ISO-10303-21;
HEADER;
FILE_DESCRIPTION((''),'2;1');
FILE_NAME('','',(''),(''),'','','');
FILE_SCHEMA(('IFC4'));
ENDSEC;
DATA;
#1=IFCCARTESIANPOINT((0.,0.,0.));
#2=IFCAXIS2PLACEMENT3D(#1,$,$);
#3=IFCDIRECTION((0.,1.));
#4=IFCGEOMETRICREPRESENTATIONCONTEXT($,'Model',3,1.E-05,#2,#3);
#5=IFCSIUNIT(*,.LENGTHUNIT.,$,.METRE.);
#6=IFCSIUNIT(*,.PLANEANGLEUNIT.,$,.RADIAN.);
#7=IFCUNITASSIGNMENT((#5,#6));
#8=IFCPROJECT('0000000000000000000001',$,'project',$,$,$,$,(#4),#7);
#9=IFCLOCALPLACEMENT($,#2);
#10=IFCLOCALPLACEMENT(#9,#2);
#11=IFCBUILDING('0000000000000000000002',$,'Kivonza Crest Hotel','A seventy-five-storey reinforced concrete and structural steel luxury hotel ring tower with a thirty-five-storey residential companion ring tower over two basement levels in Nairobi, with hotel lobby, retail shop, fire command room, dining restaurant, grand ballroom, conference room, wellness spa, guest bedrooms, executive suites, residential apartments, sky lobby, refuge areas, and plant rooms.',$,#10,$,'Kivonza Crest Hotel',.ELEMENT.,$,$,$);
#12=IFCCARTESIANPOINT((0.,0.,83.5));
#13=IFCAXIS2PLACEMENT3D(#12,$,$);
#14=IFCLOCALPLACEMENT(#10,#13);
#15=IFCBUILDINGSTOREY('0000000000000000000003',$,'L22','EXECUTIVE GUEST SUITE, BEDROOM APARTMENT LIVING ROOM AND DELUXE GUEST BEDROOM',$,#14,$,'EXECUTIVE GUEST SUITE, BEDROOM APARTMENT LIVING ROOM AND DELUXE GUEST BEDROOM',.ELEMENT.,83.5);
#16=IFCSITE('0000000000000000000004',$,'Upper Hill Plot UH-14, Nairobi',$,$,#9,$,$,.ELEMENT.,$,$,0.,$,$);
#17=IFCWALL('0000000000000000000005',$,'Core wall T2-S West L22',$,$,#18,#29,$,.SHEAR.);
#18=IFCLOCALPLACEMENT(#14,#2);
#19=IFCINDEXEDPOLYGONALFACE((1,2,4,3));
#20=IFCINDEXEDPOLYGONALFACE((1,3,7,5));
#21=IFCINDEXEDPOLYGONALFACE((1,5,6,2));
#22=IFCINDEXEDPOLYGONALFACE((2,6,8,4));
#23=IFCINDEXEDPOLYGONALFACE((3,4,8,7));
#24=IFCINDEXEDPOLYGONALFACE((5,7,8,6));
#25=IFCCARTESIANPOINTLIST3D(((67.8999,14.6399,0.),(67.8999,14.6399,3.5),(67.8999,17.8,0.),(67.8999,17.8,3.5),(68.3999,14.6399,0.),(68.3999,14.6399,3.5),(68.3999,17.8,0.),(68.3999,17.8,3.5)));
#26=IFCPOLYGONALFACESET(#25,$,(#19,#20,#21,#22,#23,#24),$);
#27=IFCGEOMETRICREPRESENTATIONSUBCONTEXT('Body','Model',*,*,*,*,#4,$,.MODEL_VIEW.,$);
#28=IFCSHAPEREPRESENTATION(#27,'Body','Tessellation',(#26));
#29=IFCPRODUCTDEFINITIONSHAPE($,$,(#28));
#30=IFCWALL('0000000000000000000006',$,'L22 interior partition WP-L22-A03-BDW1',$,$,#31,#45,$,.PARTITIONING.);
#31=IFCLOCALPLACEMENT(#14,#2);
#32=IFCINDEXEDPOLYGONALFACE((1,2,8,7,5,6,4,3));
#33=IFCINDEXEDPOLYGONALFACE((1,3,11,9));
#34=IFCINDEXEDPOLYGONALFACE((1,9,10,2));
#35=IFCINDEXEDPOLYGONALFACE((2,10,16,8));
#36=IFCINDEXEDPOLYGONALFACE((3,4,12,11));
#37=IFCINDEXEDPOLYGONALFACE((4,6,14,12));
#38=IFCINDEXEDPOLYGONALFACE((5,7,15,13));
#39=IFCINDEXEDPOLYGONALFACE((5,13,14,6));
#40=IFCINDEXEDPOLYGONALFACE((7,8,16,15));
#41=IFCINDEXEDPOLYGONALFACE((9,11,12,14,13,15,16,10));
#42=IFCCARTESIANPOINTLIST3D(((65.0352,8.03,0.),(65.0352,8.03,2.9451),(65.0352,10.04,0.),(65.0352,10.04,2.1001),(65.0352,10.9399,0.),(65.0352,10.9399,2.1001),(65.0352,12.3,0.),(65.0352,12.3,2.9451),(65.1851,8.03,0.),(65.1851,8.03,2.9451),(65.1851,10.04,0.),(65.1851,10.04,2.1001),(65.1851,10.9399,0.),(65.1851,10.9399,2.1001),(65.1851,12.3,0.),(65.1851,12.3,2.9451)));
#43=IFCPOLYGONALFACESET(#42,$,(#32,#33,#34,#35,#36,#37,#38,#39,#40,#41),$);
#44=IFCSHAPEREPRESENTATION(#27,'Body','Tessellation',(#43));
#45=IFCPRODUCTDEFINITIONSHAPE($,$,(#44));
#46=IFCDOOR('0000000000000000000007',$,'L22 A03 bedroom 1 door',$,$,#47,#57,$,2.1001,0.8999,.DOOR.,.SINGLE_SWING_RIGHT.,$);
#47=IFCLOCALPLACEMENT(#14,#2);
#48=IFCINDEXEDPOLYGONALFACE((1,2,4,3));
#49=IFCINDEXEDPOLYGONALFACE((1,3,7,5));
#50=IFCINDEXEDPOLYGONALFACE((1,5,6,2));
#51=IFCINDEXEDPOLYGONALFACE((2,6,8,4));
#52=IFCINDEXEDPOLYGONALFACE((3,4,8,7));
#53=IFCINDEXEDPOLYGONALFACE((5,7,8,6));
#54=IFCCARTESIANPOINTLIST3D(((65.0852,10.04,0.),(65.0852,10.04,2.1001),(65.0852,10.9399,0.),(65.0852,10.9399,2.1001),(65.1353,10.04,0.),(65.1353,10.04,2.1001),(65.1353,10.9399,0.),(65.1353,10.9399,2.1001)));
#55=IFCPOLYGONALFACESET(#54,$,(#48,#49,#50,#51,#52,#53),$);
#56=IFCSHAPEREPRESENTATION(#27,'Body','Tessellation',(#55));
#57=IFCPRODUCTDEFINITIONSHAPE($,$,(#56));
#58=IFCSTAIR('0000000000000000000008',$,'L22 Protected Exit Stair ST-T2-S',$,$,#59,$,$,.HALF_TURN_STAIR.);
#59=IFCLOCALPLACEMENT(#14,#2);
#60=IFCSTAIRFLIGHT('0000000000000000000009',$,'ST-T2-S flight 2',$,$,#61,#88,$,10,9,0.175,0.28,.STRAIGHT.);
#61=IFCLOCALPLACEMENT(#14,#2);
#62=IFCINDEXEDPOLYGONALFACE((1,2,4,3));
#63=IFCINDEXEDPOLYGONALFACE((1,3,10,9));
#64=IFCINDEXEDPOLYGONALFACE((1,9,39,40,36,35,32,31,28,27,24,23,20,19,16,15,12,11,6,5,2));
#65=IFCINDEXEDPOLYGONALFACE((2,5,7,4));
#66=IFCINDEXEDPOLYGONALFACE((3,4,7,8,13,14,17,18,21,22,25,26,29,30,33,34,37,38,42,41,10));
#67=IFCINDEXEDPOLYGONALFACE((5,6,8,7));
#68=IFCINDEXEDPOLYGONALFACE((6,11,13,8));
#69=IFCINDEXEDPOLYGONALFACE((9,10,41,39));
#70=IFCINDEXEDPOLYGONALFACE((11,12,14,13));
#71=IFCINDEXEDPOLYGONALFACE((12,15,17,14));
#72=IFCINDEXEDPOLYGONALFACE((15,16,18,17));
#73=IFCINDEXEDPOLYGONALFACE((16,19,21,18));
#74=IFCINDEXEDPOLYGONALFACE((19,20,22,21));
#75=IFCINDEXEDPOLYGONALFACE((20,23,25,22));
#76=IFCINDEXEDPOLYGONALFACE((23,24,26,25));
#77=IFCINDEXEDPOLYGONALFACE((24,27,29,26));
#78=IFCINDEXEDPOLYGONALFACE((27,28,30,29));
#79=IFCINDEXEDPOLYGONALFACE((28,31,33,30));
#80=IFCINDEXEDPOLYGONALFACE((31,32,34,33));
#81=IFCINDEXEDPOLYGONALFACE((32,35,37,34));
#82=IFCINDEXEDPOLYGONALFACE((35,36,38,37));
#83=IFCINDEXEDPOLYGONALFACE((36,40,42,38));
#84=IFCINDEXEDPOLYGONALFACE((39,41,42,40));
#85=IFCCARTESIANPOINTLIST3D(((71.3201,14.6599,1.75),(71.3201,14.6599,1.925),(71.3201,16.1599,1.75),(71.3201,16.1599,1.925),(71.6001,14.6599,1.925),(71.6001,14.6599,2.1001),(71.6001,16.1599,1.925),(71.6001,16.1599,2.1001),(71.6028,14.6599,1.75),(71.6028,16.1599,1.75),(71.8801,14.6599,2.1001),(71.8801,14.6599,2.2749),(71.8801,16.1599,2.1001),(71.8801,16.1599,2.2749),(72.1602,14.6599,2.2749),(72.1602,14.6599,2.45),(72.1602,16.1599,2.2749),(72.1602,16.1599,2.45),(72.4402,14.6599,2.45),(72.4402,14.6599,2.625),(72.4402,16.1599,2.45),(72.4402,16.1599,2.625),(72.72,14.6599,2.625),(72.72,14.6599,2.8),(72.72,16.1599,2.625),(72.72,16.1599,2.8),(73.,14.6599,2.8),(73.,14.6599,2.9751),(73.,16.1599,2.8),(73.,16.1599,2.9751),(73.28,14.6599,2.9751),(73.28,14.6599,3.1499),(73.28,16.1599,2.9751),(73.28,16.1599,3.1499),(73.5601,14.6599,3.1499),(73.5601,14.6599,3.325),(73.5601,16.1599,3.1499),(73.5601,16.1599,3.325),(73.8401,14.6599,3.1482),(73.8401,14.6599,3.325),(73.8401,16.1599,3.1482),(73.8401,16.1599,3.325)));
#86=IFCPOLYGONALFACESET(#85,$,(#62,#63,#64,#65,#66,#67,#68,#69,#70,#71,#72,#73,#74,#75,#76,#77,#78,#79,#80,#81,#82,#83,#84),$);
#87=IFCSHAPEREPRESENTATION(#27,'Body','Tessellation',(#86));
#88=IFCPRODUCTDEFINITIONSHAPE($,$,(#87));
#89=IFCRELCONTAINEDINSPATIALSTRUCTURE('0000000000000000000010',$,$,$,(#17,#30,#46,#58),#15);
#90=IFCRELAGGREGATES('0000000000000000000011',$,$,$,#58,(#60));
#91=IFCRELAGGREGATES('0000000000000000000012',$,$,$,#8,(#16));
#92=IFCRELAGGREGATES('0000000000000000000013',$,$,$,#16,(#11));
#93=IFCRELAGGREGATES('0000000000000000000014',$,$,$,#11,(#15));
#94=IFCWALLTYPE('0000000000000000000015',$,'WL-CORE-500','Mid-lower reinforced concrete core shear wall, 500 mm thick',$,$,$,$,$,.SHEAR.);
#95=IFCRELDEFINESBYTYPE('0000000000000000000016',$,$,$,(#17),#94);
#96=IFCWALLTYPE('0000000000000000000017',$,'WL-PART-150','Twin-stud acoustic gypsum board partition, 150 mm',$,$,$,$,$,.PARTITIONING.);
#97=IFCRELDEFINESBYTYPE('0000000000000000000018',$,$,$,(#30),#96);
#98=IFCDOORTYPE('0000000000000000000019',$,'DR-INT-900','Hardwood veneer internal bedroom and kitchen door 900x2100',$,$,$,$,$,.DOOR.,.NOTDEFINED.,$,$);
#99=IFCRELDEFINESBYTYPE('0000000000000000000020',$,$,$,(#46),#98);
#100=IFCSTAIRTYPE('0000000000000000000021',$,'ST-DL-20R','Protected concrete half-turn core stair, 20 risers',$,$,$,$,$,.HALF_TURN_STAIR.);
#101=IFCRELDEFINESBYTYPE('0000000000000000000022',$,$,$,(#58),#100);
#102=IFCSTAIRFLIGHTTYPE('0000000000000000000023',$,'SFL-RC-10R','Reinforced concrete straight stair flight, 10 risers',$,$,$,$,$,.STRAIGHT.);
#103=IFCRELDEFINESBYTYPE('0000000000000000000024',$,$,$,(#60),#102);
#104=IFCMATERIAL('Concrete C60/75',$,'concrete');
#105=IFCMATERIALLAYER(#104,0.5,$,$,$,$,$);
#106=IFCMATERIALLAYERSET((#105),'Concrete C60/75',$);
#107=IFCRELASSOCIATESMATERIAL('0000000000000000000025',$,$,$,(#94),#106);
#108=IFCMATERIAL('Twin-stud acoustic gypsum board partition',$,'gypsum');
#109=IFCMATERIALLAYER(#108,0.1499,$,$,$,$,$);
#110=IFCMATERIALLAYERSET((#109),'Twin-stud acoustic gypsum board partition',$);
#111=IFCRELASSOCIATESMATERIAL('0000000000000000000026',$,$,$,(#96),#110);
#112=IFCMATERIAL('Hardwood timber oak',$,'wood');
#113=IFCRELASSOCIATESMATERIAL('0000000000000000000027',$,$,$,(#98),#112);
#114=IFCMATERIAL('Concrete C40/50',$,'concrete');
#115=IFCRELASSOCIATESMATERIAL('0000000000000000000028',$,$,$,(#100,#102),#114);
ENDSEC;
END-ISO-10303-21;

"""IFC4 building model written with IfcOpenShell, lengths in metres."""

from ifc_helpers import new_model, si_unit, direction, frame, frame_2d, origin, place, context, subcontext, project, spatial, polyline, rectangle, outline, extrude, material, layer, layer_set, type_object, element, fill, aggregate, save


model = new_model("IFC4")

# Units and contexts
model_context = context("Model", 3, precision=1e-05, world=origin(), true_north=direction((0.0, 1.0)))
body_context = subcontext(model_context, "Body", "Model", "MODEL_VIEW")
ifc_project = project(units=[si_unit("LENGTHUNIT", "METRE"), si_unit("PLANEANGLEUNIT", "RADIAN")], contexts=[model_context])

# Site, building, storey
site_placement = place(None, origin())
site = spatial("IfcSite", under=ifc_project, at=site_placement, Name="Upper Hill Plot UH-14, Nairobi", CompositionType="ELEMENT", RefElevation=0.0)
building_placement = place(site_placement, origin())
building = spatial("IfcBuilding", under=site, at=building_placement, Name="Kivonza Crest Hotel", Description="A seventy-five-storey reinforced concrete and structural steel luxury hotel ring tower with a thirty-five-storey residential companion ring tower over two basement levels in Nairobi, with hotel lobby, retail shop, fire command room, dining restaurant, grand ballroom, conference room, wellness spa, guest bedrooms, executive suites, residential apartments, sky lobby, refuge areas, and plant rooms.", LongName="Kivonza Crest Hotel", CompositionType="ELEMENT")
storey_placement = place(building_placement, frame((0.0, 0.0, 83.5)))
storey = spatial("IfcBuildingStorey", under=building, at=storey_placement, Name="L22", Description="EXECUTIVE GUEST SUITE, BEDROOM APARTMENT LIVING ROOM AND DELUXE GUEST BEDROOM", LongName="EXECUTIVE GUEST SUITE, BEDROOM APARTMENT LIVING ROOM AND DELUXE GUEST BEDROOM", CompositionType="ELEMENT", Elevation=83.5)

# Shared definitions
ifc_material_1 = material(Name="Hardwood timber oak", Category="wood")

# Shared definitions
ifc_material_2 = material(Name="Concrete C60/75", Category="concrete")
ifc_layer_1 = layer(ifc_material_2, 0.5)
ifc_layer_set_1 = layer_set([ifc_layer_1], Name="Concrete C60/75")
wall_type_1 = type_object("IfcWallType", Name="WL-CORE-500", Description="Mid-lower reinforced concrete core shear wall, 500 mm thick", PredefinedType="SHEAR", material=ifc_layer_set_1)

# Wall
wall_1_placement = place(storey_placement, frame((68.1499, 14.6399, 0.0), z_axis=(0.0, 0.0, 1.0), x_axis=(0.0, 1.0, 0.0)))
element("IfcWall", 1, at=wall_1_placement, inside=storey, type_object=wall_type_1, Name="Core wall T2-S West L22", PredefinedType="SHEAR", context=body_context, shape_type="SweptSolid", body=[
    extrude(rectangle(XDim=3.1602, YDim=0.5, at=frame_2d((1.5801, 0.0))), origin(), (0.0, 0.0, 1.0), 3.5),
])

# Wall, opening, door
ifc_material_3 = material(Name="Twin-stud acoustic gypsum board partition", Category="gypsum")
ifc_layer_2 = layer(ifc_material_3, 0.1499)
ifc_layer_set_2 = layer_set([ifc_layer_2], Name="Twin-stud acoustic gypsum board partition")
wall_type_2 = type_object("IfcWallType", Name="WL-PART-150", Description="Twin-stud acoustic gypsum board partition, 150 mm", PredefinedType="PARTITIONING", material=ifc_layer_set_2)
wall_2_placement = place(storey_placement, frame((65.1101, 8.03, 0.0), z_axis=(0.0, 0.0, 1.0), x_axis=(0.0, 1.0, 0.0)))
wall_2 = element("IfcWall", 2, at=wall_2_placement, inside=storey, type_object=wall_type_2, Name="L22 interior partition WP-L22-A03-BDW1", PredefinedType="PARTITIONING", context=body_context, shape_type="SweptSolid", body=[
    extrude(rectangle(XDim=4.27, YDim=0.1499, at=frame_2d((2.135, 0.0))), origin(), (0.0, 0.0, 1.0), 2.9451),
])
opening_1_placement = place(wall_2_placement, frame((2.01, 0.0, 0.0)))
opening_1 = element("IfcOpeningElement", 3, at=opening_1_placement, cuts=wall_2, PredefinedType="OPENING", context=body_context, shape_type="SweptSolid", body=[
    extrude(rectangle(XDim=0.8999, YDim=2.1001, at=frame_2d((0.45, 1.05))), frame((0.0, 0.085, 0.0), z_axis=(0.0, -1.0, 0.0), x_axis=(1.0, 0.0, 0.0)), (0.0, 0.0, 1.0), 0.1699),
])
door_type_1 = type_object("IfcDoorType", Name="DR-INT-900", Description="Hardwood veneer internal bedroom and kitchen door 900x2100", OperationType="NOTDEFINED", PredefinedType="DOOR", material=ifc_material_1)
door_1_placement = place(opening_1_placement, origin())
door_1 = element("IfcDoor", 4, at=door_1_placement, inside=storey, type_object=door_type_1, Name="L22 A03 bedroom 1 door", OperationType="SINGLE_SWING_RIGHT", OverallHeight=2.1001, OverallWidth=0.8999, PredefinedType="DOOR", context=body_context, shape_type="SweptSolid", body=[
    extrude(rectangle(XDim=0.8999, YDim=2.1001, at=frame_2d((0.45, 1.05))), frame((0.0, 0.0249, 0.0), z_axis=(0.0, -1.0, 0.0), x_axis=(1.0, 0.0, 0.0)), (0.0, 0.0, 1.0), 0.05),
])
fill(opening_1, door_1)

# Stair, stair flight
ifc_material_4 = material(Name="Concrete C40/50", Category="concrete")
stair_type = type_object("IfcStairType", Name="ST-DL-20R", Description="Protected concrete half-turn core stair, 20 risers", PredefinedType="HALF_TURN_STAIR", material=ifc_material_4)
stair_placement = place(storey_placement, origin())
stair = element("IfcStair", 5, at=stair_placement, inside=storey, type_object=stair_type, Name="L22 Protected Exit Stair ST-T2-S", PredefinedType="HALF_TURN_STAIR")
stair_flight_type = type_object("IfcStairFlightType", Name="SFL-RC-10R", Description="Reinforced concrete straight stair flight, 10 risers", PredefinedType="STRAIGHT", material=ifc_material_4)
stair_flight_placement = place(storey_placement, frame((71.3201, 15.4099, 1.75), z_axis=(0.0, 0.0, 1.0), x_axis=(1.0, 0.0, 0.0)))
stair_flight = element("IfcStairFlight", 6, at=stair_flight_placement, type_object=stair_flight_type, Name="ST-T2-S flight 2", NumberOfRisers=10, NumberOfTreads=9, PredefinedType="STRAIGHT", RiserHeight=0.175, TreadLength=0.28, context=body_context, shape_type="SweptSolid", body=[
    extrude(outline(polyline([(0.0, 0.0), (0.0, 0.175), (0.28, 0.175), (0.28, 0.3501), (0.5601, 0.3501), (0.5601, 0.5249), (0.8401, 0.5249), (0.8401, 0.7), (1.1201, 0.7), (1.1201, 0.875), (1.3999, 0.875), (1.3999, 1.05), (1.6799, 1.05), (1.6799, 1.2251), (1.96, 1.2251), (1.96, 1.3999), (2.24, 1.3999), (2.24, 1.575), (2.52, 1.575), (2.52, 1.75), (2.52, 1.3982), (0.2827, 0.0), (0.0, 0.0)])), frame((0.0, 0.75, 0.0), z_axis=(0.0, -1.0, 0.0), x_axis=(1.0, 0.0, 0.0)), (0.0, 0.0, 1.0), 1.5),
])
aggregate(stair, [stair_flight])

save(model, "model.ifc")
